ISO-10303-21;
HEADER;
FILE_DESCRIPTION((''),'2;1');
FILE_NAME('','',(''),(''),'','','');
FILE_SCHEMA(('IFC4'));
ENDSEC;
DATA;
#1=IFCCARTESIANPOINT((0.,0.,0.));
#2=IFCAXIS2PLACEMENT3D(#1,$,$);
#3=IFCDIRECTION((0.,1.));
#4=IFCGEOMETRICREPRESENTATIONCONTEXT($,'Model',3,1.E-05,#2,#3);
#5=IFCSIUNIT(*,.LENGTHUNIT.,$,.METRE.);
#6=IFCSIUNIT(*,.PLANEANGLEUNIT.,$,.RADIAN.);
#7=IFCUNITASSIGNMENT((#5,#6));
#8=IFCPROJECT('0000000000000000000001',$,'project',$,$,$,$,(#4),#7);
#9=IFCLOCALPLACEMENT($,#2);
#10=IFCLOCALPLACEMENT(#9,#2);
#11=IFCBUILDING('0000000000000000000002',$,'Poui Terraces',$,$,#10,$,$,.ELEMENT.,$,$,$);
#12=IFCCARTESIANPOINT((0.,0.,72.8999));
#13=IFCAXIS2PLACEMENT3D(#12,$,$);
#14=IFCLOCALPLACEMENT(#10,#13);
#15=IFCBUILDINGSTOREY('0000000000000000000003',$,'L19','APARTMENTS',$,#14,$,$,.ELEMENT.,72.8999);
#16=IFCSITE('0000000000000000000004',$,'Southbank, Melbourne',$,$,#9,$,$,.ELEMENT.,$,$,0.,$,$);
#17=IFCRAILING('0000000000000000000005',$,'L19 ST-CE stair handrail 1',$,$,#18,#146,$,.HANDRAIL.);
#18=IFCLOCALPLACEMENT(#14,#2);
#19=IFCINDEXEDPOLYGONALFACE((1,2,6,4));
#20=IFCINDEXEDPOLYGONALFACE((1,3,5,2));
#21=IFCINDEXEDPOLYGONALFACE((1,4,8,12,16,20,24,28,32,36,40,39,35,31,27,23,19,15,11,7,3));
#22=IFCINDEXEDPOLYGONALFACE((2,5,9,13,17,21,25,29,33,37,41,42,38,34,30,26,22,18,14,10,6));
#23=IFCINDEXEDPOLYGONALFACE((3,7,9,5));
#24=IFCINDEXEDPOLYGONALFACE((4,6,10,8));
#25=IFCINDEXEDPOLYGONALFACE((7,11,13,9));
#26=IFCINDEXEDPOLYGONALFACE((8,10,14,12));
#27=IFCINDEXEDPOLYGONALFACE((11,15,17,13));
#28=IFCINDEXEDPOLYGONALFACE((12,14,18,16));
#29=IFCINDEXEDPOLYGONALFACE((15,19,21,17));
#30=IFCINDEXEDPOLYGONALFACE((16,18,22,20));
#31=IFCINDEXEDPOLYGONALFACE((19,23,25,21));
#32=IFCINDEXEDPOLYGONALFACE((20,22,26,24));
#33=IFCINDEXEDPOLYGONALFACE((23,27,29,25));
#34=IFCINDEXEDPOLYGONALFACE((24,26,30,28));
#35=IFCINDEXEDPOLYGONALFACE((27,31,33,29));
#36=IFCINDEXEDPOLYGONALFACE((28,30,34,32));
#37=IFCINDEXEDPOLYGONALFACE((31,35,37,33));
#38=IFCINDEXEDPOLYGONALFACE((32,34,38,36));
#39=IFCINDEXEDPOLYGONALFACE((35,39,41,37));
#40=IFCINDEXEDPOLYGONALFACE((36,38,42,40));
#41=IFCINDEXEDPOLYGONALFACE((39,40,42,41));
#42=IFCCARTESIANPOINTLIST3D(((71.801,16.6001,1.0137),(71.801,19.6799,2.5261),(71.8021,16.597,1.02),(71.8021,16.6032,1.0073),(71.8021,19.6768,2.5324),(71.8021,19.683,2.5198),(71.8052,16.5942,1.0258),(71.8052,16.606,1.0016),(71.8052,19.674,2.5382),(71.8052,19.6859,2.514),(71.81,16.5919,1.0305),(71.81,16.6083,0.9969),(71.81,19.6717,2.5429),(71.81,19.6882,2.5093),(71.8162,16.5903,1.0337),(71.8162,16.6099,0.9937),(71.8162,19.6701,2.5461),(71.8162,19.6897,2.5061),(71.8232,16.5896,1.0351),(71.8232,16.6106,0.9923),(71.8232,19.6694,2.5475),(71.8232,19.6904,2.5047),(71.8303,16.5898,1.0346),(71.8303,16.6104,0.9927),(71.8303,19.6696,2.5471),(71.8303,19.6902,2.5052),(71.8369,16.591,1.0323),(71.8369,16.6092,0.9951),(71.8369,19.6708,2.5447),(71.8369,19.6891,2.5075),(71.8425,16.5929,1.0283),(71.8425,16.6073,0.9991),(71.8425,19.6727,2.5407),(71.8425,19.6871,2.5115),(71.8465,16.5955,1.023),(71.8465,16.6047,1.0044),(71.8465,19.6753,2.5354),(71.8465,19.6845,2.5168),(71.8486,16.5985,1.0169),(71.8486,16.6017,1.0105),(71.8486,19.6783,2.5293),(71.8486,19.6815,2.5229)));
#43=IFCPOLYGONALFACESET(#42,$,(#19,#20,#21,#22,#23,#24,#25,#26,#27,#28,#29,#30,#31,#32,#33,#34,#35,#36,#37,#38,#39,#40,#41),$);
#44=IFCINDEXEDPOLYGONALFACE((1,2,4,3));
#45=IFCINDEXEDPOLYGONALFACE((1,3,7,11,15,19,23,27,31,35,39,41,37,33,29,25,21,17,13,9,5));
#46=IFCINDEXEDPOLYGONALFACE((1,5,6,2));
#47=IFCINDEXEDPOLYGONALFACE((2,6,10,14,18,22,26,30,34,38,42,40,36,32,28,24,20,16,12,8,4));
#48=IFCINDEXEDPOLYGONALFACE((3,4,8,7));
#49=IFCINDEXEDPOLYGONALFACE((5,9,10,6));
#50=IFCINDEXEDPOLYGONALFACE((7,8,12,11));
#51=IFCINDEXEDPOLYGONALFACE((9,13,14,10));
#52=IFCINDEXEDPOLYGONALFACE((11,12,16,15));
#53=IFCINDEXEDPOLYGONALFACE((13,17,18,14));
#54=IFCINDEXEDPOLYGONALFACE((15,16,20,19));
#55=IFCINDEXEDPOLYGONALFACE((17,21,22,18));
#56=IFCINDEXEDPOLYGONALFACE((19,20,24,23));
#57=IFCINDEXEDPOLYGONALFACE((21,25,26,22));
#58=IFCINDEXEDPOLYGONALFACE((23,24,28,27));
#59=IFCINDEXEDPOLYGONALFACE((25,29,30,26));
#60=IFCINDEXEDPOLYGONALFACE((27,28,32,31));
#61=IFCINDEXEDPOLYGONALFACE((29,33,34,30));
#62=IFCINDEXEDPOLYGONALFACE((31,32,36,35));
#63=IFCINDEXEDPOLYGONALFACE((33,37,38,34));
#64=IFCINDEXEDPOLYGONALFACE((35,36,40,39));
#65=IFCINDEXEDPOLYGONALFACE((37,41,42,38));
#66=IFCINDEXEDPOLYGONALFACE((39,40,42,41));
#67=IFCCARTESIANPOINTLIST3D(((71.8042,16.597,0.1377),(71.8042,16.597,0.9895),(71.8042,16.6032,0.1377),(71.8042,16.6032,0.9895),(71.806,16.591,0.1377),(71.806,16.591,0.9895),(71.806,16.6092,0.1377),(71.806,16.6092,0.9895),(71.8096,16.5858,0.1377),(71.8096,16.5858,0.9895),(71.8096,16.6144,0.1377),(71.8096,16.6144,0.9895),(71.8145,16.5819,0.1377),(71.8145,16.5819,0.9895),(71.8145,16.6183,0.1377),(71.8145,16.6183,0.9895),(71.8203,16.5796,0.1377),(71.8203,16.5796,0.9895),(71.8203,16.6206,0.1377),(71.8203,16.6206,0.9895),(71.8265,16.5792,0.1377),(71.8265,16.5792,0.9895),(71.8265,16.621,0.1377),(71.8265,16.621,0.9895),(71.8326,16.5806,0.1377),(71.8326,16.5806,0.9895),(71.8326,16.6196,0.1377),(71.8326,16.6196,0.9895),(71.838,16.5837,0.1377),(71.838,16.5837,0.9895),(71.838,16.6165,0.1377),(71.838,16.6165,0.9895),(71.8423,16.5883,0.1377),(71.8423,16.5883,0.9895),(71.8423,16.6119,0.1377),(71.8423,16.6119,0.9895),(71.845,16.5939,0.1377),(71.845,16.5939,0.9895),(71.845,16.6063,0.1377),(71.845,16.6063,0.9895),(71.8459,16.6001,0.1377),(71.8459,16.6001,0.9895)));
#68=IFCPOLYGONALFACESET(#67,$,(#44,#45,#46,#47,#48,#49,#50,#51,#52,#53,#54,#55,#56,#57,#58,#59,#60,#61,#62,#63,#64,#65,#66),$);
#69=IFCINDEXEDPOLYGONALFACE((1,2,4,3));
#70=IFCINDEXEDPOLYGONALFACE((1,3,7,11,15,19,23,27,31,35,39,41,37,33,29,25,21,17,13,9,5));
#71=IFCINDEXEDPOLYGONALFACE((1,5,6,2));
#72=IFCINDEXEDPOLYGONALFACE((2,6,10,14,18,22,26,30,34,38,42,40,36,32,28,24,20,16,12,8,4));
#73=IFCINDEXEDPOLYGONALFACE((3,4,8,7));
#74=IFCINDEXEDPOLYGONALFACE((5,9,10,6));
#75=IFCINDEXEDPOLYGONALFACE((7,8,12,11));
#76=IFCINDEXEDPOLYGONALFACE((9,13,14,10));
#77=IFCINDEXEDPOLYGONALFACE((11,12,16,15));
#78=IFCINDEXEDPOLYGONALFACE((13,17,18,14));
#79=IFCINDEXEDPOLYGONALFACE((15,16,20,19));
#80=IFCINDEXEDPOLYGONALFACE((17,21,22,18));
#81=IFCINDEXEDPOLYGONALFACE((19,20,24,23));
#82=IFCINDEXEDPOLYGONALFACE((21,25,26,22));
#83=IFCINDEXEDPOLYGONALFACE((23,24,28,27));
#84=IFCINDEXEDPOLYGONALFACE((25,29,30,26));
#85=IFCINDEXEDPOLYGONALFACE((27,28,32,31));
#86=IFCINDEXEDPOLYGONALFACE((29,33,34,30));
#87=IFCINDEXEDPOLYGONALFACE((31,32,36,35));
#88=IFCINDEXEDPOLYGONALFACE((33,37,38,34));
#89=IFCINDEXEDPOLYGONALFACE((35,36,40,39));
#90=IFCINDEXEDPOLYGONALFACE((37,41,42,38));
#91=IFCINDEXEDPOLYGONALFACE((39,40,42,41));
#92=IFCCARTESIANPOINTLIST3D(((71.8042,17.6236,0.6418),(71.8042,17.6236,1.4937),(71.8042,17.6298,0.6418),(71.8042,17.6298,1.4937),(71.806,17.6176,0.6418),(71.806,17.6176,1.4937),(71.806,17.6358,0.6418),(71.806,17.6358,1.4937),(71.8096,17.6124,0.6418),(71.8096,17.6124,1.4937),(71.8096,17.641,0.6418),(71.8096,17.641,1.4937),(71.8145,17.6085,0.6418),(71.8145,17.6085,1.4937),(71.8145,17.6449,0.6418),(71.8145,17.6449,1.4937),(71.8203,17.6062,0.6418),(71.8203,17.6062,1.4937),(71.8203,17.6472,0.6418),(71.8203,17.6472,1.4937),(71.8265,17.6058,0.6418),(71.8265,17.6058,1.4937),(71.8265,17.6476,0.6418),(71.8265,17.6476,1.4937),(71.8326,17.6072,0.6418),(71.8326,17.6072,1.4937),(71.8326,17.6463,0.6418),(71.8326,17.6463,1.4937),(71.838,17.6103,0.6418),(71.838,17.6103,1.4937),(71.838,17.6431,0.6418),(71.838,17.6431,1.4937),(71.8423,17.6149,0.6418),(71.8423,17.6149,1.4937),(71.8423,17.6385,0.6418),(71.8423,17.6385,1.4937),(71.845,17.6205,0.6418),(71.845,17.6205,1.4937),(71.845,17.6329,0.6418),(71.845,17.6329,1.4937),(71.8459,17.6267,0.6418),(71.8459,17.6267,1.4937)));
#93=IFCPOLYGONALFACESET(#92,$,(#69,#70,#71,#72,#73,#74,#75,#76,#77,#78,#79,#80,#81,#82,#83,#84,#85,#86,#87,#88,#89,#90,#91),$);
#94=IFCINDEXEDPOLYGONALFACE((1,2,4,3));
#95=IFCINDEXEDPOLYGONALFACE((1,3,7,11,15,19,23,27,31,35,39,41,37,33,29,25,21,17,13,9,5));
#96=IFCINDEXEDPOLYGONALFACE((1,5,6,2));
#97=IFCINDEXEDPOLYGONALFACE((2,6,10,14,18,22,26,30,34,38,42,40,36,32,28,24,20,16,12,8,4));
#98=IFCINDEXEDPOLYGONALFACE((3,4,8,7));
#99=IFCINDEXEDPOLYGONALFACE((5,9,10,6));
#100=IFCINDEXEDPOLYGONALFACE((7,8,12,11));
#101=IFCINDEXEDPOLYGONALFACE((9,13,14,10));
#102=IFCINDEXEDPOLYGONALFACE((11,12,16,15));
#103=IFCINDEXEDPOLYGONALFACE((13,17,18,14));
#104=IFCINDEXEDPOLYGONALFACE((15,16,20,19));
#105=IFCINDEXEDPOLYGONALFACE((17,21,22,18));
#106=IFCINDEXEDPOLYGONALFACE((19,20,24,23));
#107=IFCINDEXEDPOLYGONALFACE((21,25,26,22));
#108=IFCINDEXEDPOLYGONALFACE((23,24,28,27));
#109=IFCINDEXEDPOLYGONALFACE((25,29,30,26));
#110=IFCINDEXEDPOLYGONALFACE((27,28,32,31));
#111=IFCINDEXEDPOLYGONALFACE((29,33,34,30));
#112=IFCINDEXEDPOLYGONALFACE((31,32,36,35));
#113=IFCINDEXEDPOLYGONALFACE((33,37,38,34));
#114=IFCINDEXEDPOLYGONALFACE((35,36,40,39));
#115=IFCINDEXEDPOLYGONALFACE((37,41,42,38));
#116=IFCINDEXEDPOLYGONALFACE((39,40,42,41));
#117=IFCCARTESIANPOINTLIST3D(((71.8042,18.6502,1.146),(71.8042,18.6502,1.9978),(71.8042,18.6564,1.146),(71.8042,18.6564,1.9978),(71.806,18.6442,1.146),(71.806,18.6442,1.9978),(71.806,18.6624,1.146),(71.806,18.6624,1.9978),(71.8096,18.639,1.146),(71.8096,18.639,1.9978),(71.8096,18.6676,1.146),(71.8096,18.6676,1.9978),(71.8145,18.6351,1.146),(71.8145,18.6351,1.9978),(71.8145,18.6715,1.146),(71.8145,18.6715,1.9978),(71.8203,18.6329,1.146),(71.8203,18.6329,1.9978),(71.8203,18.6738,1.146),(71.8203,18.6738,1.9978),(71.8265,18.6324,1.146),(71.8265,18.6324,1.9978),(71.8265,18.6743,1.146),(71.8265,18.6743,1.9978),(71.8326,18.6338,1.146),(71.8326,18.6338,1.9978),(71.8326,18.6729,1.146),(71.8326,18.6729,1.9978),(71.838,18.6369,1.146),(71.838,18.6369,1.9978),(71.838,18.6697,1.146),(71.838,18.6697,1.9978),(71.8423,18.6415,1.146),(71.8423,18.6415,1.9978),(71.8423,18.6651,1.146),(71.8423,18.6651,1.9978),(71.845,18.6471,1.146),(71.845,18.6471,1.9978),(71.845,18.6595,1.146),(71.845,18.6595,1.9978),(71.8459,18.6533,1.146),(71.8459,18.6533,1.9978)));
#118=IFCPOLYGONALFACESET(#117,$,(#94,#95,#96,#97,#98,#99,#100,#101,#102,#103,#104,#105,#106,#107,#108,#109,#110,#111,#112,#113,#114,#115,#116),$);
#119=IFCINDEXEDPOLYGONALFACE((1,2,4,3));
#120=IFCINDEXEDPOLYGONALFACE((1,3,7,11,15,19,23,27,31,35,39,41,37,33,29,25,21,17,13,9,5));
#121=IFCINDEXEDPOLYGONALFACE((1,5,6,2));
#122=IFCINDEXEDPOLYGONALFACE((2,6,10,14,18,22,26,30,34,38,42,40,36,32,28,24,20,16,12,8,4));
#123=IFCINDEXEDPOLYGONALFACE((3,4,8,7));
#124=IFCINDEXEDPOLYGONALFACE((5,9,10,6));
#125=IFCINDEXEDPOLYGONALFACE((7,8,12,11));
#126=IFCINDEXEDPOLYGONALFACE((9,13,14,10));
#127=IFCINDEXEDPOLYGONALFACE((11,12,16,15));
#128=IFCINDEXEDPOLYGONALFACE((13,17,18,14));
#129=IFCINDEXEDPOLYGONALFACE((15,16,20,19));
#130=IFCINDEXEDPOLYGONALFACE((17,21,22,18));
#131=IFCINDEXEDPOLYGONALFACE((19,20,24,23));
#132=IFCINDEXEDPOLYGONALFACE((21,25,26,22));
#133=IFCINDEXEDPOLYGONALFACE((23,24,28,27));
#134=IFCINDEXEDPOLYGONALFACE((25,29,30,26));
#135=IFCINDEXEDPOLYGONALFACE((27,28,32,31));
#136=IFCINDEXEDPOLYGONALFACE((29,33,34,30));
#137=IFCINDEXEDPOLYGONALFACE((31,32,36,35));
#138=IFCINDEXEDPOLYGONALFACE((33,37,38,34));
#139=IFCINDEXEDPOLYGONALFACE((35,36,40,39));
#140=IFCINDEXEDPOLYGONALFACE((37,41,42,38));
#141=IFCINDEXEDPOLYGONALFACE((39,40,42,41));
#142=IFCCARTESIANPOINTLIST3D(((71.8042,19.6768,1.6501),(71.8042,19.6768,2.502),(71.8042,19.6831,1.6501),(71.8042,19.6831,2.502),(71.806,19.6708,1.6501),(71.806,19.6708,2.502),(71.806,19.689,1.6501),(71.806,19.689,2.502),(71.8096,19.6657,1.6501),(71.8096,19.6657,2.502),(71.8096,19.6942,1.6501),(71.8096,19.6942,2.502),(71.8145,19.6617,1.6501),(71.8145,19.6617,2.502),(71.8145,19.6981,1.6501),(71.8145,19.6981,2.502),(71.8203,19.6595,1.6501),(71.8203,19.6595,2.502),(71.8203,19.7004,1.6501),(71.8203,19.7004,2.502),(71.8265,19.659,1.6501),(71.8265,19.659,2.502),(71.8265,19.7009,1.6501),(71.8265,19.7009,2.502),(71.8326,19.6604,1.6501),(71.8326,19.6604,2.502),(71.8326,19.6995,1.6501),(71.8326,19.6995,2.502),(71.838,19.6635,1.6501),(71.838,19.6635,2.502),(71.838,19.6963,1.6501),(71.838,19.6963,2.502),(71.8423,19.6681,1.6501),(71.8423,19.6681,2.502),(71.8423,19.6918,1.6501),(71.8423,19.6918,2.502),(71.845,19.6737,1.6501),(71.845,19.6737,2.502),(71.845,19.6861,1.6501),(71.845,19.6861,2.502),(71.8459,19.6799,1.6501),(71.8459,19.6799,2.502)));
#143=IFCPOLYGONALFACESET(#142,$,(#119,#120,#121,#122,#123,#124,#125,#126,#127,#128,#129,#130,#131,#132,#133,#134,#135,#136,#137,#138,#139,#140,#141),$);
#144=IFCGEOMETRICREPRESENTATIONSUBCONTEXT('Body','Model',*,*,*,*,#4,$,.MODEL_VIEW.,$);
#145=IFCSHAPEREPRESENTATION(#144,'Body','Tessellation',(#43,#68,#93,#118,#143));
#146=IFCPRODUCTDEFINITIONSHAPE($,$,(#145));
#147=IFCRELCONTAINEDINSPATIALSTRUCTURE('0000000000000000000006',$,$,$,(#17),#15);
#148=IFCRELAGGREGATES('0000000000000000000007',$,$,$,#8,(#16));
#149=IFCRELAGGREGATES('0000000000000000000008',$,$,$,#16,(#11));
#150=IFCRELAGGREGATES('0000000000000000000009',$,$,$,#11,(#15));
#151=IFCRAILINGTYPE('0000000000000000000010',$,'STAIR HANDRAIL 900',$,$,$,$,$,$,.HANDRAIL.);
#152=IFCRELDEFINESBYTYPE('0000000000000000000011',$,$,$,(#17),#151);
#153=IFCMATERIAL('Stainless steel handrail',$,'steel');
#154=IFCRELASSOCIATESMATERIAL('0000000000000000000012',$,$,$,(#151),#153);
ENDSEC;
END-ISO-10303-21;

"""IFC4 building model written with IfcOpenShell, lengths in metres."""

from ifc_helpers import new_model, si_unit, direction, frame, origin, origin_2d, place, context, subcontext, project, spatial, circle, extrude, material, type_object, element, save


model = new_model("IFC4")

# Units and contexts
model_context = context("Model", 3, precision=1e-05, world=origin(), true_north=direction((0.0, 1.0)))
body_context = subcontext(model_context, "Body", "Model", "MODEL_VIEW")
ifc_project = project(units=[si_unit("LENGTHUNIT", "METRE"), si_unit("PLANEANGLEUNIT", "RADIAN")], contexts=[model_context])

# Site, building, storey
site_placement = place(None, origin())
site = spatial("IfcSite", under=ifc_project, at=site_placement, Name="Southbank, Melbourne", CompositionType="ELEMENT", RefElevation=0.0)
building_placement = place(site_placement, origin())
building = spatial("IfcBuilding", under=site, at=building_placement, Name="Poui Terraces", CompositionType="ELEMENT")
storey_placement = place(building_placement, frame((0.0, 0.0, 72.8999)))
storey = spatial("IfcBuildingStorey", under=building, at=storey_placement, Name="L19", Description="APARTMENTS", CompositionType="ELEMENT", Elevation=72.8999)

# Railing
ifc_material_1 = material(Name="Stainless steel handrail", Category="steel")
railing_type_1 = type_object("IfcRailingType", Name="STAIR HANDRAIL 900", PredefinedType="HANDRAIL", material=ifc_material_1)
railing_1_placement = place(storey_placement, frame((71.825, 16.6001, 0.1377)))
element("IfcRailing", 1, at=railing_1_placement, inside=storey, type_object=railing_type_1, Name="L19 ST-CE stair handrail 1", PredefinedType="HANDRAIL", context=body_context, shape_type="SweptSolid", body=[
    extrude(circle(Radius=0.0239, at=origin_2d()), frame((0.0, 0.0, 0.876), z_axis=(0.0, 0.897606, 0.440798), x_axis=(-1.0, 0.0, 0.0)), (0.0, 0.0, 1.0), 3.4312),
    extrude(circle(Radius=0.021, at=origin_2d()), origin(), (0.0, 0.0, 1.0), 0.8518),
    extrude(circle(Radius=0.021, at=origin_2d()), frame((0.0, 1.0266, 0.5042)), (0.0, 0.0, 1.0), 0.8518),
    extrude(circle(Radius=0.021, at=origin_2d()), frame((0.0, 2.0532, 1.0083)), (0.0, 0.0, 1.0), 0.8518),
    extrude(circle(Radius=0.021, at=origin_2d()), frame((0.0, 3.0798, 1.5125)), (0.0, 0.0, 1.0), 0.8518),
])

save(model, "model.ifc")
